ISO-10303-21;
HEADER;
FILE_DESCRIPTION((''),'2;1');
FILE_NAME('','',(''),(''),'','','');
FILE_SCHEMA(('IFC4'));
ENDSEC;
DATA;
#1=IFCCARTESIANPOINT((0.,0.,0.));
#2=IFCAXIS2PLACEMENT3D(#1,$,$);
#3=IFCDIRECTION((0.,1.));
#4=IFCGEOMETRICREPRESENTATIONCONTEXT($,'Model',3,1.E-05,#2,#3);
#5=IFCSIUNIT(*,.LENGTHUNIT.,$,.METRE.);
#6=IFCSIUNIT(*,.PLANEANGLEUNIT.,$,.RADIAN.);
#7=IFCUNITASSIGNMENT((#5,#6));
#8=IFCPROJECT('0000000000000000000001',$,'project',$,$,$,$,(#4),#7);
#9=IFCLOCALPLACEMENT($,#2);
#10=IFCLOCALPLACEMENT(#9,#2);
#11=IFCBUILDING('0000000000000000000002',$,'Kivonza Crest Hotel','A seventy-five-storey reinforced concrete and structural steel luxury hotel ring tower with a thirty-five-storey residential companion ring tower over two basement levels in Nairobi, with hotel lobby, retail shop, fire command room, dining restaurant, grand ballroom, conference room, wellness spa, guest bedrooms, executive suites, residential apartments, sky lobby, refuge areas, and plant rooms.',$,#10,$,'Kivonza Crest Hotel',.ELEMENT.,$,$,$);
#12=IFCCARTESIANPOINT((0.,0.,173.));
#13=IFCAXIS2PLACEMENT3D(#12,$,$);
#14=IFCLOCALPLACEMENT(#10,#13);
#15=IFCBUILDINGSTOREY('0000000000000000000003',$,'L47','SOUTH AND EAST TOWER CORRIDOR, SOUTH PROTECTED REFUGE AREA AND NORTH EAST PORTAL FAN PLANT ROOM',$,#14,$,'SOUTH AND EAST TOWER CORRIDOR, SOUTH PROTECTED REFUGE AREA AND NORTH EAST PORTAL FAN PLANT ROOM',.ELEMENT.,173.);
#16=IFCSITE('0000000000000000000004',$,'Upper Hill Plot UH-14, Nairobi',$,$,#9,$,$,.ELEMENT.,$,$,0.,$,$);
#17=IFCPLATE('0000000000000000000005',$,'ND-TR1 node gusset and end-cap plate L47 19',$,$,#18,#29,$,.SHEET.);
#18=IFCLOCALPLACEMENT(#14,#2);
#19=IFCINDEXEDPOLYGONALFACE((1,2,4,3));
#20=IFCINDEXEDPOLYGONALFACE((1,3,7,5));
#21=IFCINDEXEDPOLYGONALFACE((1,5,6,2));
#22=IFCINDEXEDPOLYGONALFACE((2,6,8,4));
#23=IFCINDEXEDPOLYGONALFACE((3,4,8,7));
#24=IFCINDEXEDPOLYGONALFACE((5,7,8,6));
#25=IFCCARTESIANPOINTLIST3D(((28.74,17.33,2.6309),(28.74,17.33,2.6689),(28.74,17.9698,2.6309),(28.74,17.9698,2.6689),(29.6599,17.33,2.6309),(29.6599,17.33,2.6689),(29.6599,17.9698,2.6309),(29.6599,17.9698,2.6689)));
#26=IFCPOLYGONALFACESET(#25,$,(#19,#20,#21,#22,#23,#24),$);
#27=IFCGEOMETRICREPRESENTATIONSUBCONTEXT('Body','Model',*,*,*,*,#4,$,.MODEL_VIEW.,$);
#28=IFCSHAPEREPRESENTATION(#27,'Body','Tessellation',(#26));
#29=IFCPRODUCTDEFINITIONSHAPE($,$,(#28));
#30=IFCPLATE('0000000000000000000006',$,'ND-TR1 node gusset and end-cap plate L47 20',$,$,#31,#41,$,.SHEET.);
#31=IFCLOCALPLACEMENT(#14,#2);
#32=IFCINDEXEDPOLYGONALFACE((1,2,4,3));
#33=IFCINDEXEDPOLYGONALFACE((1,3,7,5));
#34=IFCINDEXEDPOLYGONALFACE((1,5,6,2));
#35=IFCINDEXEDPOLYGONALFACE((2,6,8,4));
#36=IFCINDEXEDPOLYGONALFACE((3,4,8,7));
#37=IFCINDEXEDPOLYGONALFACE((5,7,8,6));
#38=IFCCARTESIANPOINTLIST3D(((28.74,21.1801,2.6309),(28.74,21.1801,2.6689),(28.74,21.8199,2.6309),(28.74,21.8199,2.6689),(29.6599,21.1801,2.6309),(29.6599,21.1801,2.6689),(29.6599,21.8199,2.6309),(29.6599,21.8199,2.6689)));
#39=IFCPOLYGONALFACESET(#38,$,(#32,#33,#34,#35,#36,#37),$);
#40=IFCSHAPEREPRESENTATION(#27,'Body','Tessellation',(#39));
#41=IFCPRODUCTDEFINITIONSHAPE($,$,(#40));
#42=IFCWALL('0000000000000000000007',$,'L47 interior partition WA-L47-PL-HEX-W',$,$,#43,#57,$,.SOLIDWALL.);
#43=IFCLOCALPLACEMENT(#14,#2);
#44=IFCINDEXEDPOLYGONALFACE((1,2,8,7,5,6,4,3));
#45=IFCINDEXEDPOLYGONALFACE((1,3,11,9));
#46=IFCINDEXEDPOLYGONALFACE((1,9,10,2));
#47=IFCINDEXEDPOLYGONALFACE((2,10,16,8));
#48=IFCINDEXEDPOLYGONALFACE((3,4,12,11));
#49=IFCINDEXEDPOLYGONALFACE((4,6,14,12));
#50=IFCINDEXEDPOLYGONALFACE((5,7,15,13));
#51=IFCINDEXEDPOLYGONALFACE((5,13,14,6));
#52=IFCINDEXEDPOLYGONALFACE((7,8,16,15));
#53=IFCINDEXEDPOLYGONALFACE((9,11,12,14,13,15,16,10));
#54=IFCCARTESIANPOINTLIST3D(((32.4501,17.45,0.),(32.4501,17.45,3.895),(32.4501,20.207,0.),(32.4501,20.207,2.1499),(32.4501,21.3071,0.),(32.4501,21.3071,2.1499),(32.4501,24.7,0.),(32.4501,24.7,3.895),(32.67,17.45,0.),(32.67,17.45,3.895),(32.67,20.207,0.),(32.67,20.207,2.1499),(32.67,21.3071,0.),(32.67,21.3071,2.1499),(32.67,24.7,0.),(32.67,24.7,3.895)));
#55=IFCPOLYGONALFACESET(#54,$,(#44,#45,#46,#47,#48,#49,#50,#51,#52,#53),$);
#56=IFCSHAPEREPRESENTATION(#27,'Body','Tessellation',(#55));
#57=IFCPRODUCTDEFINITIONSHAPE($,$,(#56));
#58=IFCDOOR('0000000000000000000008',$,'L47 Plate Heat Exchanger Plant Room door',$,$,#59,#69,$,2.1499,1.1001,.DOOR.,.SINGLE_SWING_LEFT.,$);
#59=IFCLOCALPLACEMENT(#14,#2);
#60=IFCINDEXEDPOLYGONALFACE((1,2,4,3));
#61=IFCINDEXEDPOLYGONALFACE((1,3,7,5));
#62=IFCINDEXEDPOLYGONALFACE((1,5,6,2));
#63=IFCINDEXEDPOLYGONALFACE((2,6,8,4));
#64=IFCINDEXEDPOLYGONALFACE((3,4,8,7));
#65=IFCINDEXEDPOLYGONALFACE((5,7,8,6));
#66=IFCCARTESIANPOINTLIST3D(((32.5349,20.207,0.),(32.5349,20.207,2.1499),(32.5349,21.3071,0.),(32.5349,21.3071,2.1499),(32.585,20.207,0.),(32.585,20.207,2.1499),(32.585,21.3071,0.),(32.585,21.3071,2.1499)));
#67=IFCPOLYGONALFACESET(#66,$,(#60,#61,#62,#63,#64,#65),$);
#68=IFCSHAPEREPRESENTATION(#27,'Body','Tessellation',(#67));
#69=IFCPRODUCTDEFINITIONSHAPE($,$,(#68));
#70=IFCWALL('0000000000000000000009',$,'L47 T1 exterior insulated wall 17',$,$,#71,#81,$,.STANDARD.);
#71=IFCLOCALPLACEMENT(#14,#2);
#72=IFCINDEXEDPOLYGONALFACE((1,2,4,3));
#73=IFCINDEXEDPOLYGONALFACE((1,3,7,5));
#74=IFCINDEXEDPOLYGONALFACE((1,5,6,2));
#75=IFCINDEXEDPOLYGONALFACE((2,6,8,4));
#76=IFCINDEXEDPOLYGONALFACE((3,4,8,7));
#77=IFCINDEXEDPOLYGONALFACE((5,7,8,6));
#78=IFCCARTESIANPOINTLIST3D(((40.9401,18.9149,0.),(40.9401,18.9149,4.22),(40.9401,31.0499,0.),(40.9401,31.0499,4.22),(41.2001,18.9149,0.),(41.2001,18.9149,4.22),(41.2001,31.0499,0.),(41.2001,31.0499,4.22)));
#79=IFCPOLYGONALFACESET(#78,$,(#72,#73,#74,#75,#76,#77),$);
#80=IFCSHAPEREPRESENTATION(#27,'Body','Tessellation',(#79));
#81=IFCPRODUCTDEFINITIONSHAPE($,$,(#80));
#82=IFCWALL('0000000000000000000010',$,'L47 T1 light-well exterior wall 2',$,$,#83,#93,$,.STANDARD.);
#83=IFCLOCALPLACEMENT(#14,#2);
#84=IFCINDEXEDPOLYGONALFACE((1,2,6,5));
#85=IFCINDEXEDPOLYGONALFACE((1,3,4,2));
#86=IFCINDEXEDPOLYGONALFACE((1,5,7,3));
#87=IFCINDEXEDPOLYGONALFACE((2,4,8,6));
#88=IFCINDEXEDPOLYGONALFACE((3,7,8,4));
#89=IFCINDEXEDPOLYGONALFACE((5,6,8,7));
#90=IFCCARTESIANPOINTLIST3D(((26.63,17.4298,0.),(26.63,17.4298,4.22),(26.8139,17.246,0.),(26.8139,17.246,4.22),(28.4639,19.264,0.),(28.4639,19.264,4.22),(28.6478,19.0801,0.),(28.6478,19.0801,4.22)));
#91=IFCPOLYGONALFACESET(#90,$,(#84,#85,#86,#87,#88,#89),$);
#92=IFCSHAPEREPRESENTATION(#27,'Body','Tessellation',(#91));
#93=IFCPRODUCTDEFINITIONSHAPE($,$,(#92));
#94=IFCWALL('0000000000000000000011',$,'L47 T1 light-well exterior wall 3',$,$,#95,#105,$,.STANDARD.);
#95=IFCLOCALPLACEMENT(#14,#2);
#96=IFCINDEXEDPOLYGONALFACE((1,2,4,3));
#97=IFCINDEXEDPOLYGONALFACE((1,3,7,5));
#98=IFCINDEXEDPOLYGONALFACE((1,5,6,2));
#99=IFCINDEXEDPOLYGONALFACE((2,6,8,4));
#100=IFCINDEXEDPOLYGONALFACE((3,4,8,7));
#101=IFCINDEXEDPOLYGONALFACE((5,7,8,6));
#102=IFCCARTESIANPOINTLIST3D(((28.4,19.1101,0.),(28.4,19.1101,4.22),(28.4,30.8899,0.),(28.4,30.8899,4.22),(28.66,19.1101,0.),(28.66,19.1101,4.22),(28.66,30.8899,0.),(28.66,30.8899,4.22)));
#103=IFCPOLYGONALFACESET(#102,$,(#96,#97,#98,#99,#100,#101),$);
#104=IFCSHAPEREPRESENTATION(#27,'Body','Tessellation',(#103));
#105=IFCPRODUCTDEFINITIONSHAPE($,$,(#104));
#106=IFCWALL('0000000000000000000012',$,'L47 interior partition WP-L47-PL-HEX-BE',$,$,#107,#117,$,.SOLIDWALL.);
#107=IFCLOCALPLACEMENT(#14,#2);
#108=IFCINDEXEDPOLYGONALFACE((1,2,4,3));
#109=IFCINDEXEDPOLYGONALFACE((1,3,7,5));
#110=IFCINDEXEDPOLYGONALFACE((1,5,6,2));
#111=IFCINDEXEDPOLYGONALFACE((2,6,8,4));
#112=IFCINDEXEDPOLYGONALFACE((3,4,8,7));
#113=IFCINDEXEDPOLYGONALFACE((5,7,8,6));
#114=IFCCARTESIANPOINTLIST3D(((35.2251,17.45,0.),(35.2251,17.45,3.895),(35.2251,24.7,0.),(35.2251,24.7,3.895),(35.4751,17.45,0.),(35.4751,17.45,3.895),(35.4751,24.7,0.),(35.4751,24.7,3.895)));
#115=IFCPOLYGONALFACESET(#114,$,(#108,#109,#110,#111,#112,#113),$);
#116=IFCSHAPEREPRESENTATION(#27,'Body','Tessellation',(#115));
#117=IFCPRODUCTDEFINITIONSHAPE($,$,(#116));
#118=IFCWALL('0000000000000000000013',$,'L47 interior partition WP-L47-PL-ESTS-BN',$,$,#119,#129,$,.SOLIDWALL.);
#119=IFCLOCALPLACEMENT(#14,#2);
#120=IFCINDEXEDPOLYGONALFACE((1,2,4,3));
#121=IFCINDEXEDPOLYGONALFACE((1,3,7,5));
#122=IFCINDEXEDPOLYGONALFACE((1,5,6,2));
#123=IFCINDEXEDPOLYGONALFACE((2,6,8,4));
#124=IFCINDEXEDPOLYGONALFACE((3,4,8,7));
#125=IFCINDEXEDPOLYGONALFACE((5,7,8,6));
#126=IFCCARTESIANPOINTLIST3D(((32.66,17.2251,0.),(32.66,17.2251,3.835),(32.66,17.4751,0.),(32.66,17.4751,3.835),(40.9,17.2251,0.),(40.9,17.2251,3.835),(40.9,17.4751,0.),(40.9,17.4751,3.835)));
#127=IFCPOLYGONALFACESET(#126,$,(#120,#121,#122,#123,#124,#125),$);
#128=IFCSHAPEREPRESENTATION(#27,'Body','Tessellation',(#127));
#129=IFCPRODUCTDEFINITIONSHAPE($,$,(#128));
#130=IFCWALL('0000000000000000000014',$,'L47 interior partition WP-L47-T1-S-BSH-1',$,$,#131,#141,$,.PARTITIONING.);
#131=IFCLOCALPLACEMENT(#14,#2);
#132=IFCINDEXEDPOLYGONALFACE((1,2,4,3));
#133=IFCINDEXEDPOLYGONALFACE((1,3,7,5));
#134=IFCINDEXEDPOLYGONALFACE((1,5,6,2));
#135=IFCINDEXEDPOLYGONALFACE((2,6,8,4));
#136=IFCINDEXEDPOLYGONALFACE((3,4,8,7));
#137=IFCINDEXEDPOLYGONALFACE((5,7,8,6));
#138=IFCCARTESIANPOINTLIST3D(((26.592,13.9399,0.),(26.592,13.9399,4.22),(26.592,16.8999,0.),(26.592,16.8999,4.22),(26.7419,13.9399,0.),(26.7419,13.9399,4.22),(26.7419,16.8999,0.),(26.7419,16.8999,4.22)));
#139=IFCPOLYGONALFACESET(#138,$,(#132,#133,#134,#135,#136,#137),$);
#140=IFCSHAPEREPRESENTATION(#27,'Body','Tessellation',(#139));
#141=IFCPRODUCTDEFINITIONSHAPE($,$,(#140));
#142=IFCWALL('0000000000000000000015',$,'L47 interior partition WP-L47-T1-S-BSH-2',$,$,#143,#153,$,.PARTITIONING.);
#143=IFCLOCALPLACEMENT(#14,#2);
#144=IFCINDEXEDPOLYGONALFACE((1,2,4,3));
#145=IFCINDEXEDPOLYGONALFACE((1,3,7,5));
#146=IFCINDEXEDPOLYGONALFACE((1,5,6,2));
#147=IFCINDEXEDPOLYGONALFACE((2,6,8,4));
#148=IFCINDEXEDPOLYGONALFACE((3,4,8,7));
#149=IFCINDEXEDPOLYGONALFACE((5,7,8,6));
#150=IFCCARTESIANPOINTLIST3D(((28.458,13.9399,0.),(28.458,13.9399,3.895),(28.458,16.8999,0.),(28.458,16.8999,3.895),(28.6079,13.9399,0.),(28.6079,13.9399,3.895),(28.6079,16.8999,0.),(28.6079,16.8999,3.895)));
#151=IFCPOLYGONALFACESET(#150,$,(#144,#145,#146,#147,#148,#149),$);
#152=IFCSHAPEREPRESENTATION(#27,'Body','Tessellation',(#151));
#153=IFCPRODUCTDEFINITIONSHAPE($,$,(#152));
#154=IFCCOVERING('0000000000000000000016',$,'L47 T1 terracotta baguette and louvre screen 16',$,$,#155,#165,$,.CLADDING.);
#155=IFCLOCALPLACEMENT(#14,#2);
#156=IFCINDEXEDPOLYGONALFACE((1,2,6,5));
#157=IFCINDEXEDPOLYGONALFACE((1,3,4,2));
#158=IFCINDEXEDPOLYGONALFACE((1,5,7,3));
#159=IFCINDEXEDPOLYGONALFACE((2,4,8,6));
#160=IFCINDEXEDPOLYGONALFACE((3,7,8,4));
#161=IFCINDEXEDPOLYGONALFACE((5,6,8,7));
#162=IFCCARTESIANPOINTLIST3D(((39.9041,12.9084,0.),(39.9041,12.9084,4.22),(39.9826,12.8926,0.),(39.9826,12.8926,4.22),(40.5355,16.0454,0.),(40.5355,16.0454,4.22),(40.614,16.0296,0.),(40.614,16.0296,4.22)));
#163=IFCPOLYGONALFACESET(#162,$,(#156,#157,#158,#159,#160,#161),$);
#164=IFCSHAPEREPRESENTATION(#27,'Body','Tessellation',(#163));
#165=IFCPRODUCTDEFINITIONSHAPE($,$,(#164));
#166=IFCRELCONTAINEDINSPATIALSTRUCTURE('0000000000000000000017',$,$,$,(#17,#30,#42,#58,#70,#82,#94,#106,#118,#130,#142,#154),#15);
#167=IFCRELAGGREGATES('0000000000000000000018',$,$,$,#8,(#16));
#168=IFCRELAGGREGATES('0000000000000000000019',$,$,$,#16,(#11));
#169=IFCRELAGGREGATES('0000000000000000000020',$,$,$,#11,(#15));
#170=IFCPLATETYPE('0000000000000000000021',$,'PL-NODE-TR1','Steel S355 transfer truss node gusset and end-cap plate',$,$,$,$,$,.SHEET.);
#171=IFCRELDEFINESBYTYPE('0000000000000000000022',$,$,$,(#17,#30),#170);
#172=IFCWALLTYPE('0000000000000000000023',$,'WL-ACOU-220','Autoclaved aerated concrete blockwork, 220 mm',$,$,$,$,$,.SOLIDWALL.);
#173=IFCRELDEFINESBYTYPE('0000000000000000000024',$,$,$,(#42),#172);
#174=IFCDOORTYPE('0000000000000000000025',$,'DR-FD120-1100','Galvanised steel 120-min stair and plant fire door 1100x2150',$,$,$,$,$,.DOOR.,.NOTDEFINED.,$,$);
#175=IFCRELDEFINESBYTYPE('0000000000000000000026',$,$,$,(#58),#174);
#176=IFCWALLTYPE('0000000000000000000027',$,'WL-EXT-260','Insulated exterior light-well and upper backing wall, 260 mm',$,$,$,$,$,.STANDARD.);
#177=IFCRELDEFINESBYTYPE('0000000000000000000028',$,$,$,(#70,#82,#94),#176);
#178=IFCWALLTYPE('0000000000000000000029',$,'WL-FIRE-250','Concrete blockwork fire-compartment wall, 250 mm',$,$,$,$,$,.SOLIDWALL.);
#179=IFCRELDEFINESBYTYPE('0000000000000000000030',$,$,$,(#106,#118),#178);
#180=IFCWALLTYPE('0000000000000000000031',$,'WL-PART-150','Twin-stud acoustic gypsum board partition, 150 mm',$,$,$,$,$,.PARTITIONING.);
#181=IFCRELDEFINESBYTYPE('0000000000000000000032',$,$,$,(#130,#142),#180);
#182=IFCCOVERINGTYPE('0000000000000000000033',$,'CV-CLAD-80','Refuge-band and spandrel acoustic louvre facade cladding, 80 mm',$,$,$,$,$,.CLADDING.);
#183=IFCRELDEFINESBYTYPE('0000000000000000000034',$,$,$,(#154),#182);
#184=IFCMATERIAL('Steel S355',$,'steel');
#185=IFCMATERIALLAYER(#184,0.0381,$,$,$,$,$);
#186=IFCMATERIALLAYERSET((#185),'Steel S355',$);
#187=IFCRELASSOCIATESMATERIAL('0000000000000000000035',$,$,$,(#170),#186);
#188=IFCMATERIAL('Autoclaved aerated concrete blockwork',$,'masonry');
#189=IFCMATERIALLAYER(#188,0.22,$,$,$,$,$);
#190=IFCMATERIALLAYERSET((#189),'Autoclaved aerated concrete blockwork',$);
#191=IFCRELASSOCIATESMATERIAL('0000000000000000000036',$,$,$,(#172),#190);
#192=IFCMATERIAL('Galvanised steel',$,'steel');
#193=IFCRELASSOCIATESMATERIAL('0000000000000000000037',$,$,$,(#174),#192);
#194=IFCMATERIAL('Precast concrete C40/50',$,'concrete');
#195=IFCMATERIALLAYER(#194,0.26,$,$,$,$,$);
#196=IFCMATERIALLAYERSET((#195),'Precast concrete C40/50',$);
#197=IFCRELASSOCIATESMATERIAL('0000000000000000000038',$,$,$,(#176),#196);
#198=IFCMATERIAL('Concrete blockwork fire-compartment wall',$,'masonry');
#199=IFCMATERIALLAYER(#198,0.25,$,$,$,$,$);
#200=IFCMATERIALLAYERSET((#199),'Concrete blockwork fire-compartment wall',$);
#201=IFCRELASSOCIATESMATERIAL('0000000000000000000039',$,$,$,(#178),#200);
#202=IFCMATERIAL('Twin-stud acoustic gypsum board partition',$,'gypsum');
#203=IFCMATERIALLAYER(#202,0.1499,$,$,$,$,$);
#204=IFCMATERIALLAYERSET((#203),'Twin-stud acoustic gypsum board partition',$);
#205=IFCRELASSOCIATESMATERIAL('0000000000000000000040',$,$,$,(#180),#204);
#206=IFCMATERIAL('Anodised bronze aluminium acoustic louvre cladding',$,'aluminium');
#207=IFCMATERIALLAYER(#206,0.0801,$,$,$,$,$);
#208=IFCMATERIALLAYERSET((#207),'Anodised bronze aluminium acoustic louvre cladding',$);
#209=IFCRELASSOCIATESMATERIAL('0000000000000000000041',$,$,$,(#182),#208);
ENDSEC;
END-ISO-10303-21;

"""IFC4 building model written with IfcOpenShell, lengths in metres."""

from ifc_helpers import new_model, si_unit, direction, frame, frame_2d, origin, origin_2d, place, context, subcontext, project, spatial, rectangle, extrude, material, layer, layer_set, type_object, element, fill, save


model = new_model("IFC4")

# Units and contexts
model_context = context("Model", 3, precision=1e-05, world=origin(), true_north=direction((0.0, 1.0)))
body_context = subcontext(model_context, "Body", "Model", "MODEL_VIEW")
ifc_project = project(units=[si_unit("LENGTHUNIT", "METRE"), si_unit("PLANEANGLEUNIT", "RADIAN")], contexts=[model_context])

# Site, building, storey
site_placement = place(None, origin())
site = spatial("IfcSite", under=ifc_project, at=site_placement, Name="Upper Hill Plot UH-14, Nairobi", CompositionType="ELEMENT", RefElevation=0.0)
building_placement = place(site_placement, origin())
building = spatial("IfcBuilding", under=site, at=building_placement, Name="Kivonza Crest Hotel", Description="A seventy-five-storey reinforced concrete and structural steel luxury hotel ring tower with a thirty-five-storey residential companion ring tower over two basement levels in Nairobi, with hotel lobby, retail shop, fire command room, dining restaurant, grand ballroom, conference room, wellness spa, guest bedrooms, executive suites, residential apartments, sky lobby, refuge areas, and plant rooms.", LongName="Kivonza Crest Hotel", CompositionType="ELEMENT")
storey_placement = place(building_placement, frame((0.0, 0.0, 173.0)))
storey = spatial("IfcBuildingStorey", under=building, at=storey_placement, Name="L47", Description="SOUTH AND EAST TOWER CORRIDOR, SOUTH PROTECTED REFUGE AREA AND NORTH EAST PORTAL FAN PLANT ROOM", LongName="SOUTH AND EAST TOWER CORRIDOR, SOUTH PROTECTED REFUGE AREA AND NORTH EAST PORTAL FAN PLANT ROOM", CompositionType="ELEMENT", Elevation=173.0)

# Shared definitions
ifc_material_1 = material(Name="Steel S355", Category="steel")

# Plates
ifc_layer_1 = layer(ifc_material_1, 0.0381)
ifc_layer_set_1 = layer_set([ifc_layer_1], Name="Steel S355")
plate_type = type_object("IfcPlateType", Name="PL-NODE-TR1", Description="Steel S355 transfer truss node gusset and end-cap plate", PredefinedType="SHEET", material=ifc_layer_set_1)
for number, where, z_axis, x_axis, name in (
    (1, (29.2, 17.6499, 2.6309), (0.0, 0.0, 1.0), (1.0, 0.0, 0.0), "ND-TR1 node gusset and end-cap plate L47 19"),
    (2, (29.2, 21.5, 2.6309), (0.0, 0.0, 1.0), (1.0, 0.0, 0.0), "ND-TR1 node gusset and end-cap plate L47 20"),
):
    element("IfcPlate", number, at=place(storey_placement, frame(where, z_axis=z_axis, x_axis=x_axis)), inside=storey, type_object=plate_type, Name=name, PredefinedType="SHEET", context=body_context, shape_type="SweptSolid", body=[
        extrude(rectangle(XDim=0.9199, YDim=0.6399, at=origin_2d()), origin(), (0.0, 0.0, 1.0), 0.0381),
    ])

# Wall, opening, door
ifc_material_2 = material(Name="Autoclaved aerated concrete blockwork", Category="masonry")
ifc_layer_2 = layer(ifc_material_2, 0.22)
ifc_layer_set_2 = layer_set([ifc_layer_2], Name="Autoclaved aerated concrete blockwork")
wall_type_1 = type_object("IfcWallType", Name="WL-ACOU-220", Description="Autoclaved aerated concrete blockwork, 220 mm", PredefinedType="SOLIDWALL", material=ifc_layer_set_2)
wall_1_placement = place(storey_placement, frame((32.5601, 17.45, 0.0), z_axis=(0.0, 0.0, 1.0), x_axis=(0.0, 1.0, 0.0)))
wall_1 = element("IfcWall", 3, at=wall_1_placement, inside=storey, type_object=wall_type_1, Name="L47 interior partition WA-L47-PL-HEX-W", PredefinedType="SOLIDWALL", context=body_context, shape_type="SweptSolid", body=[
    extrude(rectangle(XDim=7.25, YDim=0.22, at=frame_2d((3.625, 0.0))), origin(), (0.0, 0.0, 1.0), 3.895),
])
opening_placement = place(wall_1_placement, frame((2.7571, 0.0, 0.0)))
opening = element("IfcOpeningElement", 4, at=opening_placement, cuts=wall_1, PredefinedType="OPENING", context=body_context, shape_type="SweptSolid", body=[
    extrude(rectangle(XDim=1.1001, YDim=2.1499, at=frame_2d((0.55, 1.075))), frame((0.0, 0.1201, 0.0), z_axis=(0.0, -1.0, 0.0), x_axis=(1.0, 0.0, 0.0)), (0.0, 0.0, 1.0), 0.24),
])
ifc_material_3 = material(Name="Galvanised steel", Category="steel")
door_type = type_object("IfcDoorType", Name="DR-FD120-1100", Description="Galvanised steel 120-min stair and plant fire door 1100x2150", OperationType="NOTDEFINED", PredefinedType="DOOR", material=ifc_material_3)
door_placement = place(opening_placement, frame((1.1001, 0.0, 0.0), z_axis=(0.0, 0.0, 1.0), x_axis=(-1.0, 0.0, 0.0)))
door = element("IfcDoor", 5, at=door_placement, inside=storey, type_object=door_type, Name="L47 Plate Heat Exchanger Plant Room door", OperationType="SINGLE_SWING_LEFT", OverallHeight=2.1499, OverallWidth=1.1001, PredefinedType="DOOR", context=body_context, shape_type="SweptSolid", body=[
    extrude(rectangle(XDim=1.1001, YDim=2.1499, at=frame_2d((0.55, 1.075))), frame((0.0, 0.0249, 0.0), z_axis=(0.0, -1.0, 0.0), x_axis=(1.0, 0.0, 0.0)), (0.0, 0.0, 1.0), 0.05),
])
fill(opening, door)

# Walls
ifc_material_4 = material(Name="Precast concrete C40/50", Category="concrete")
ifc_layer_3 = layer(ifc_material_4, 0.26)
ifc_layer_set_3 = layer_set([ifc_layer_3], Name="Precast concrete C40/50")
wall_type_2 = type_object("IfcWallType", Name="WL-EXT-260", Description="Insulated exterior light-well and upper backing wall, 260 mm", PredefinedType="STANDARD", material=ifc_layer_set_3)
wall_2_placement = place(storey_placement, frame((41.0701, 18.915, 0.0), z_axis=(0.0, 0.0, 1.0), x_axis=(0.0, 1.0, 0.0)))
element("IfcWall", 6, at=wall_2_placement, inside=storey, type_object=wall_type_2, Name="L47 T1 exterior insulated wall 17", PredefinedType="STANDARD", context=body_context, shape_type="SweptSolid", body=[
    extrude(rectangle(XDim=12.135, YDim=0.26, at=frame_2d((6.0674, 0.0))), origin(), (0.0, 0.0, 1.0), 4.22),
])
wall_3_placement = place(storey_placement, frame((26.7219, 17.3379, 0.0), z_axis=(0.0, 0.0, 1.0), x_axis=(0.70706, 0.707154, 0.0)))
element("IfcWall", 7, at=wall_3_placement, inside=storey, type_object=wall_type_2, Name="L47 T1 light-well exterior wall 2", PredefinedType="STANDARD", context=body_context, shape_type="SweptSolid", body=[
    extrude(rectangle(XDim=2.5938, YDim=0.26, at=frame_2d((1.2969, 0.0))), origin(), (0.0, 0.0, 1.0), 4.22),
])
wall_4_placement = place(storey_placement, frame((28.53, 19.1101, 0.0), z_axis=(0.0, 0.0, 1.0), x_axis=(0.0, 1.0, 0.0)))
element("IfcWall", 8, at=wall_4_placement, inside=storey, type_object=wall_type_2, Name="L47 T1 light-well exterior wall 3", PredefinedType="STANDARD", context=body_context, shape_type="SweptSolid", body=[
    extrude(rectangle(XDim=11.7798, YDim=0.26, at=frame_2d((5.8899, 0.0))), origin(), (0.0, 0.0, 1.0), 4.22),
])
ifc_material_5 = material(Name="Concrete blockwork fire-compartment wall", Category="masonry")
ifc_layer_4 = layer(ifc_material_5, 0.25)
ifc_layer_set_4 = layer_set([ifc_layer_4], Name="Concrete blockwork fire-compartment wall")
wall_type_3 = type_object("IfcWallType", Name="WL-FIRE-250", Description="Concrete blockwork fire-compartment wall, 250 mm", PredefinedType="SOLIDWALL", material=ifc_layer_set_4)
wall_5_placement = place(storey_placement, frame((35.3501, 17.45, 0.0), z_axis=(0.0, 0.0, 1.0), x_axis=(0.0, 1.0, 0.0)))
element("IfcWall", 9, at=wall_5_placement, inside=storey, type_object=wall_type_3, Name="L47 interior partition WP-L47-PL-HEX-BE", PredefinedType="SOLIDWALL", context=body_context, shape_type="SweptSolid", body=[
    extrude(rectangle(XDim=7.25, YDim=0.25, at=frame_2d((3.625, 0.0))), origin(), (0.0, 0.0, 1.0), 3.895),
])
wall_6_placement = place(storey_placement, frame((32.6599, 17.3501, 0.0), z_axis=(0.0, 0.0, 1.0), x_axis=(1.0, 0.0, 0.0)))
element("IfcWall", 10, at=wall_6_placement, inside=storey, type_object=wall_type_3, Name="L47 interior partition WP-L47-PL-ESTS-BN", PredefinedType="SOLIDWALL", context=body_context, shape_type="SweptSolid", body=[
    extrude(rectangle(XDim=8.24, YDim=0.25, at=frame_2d((4.1201, 0.0))), origin(), (0.0, 0.0, 1.0), 3.835),
])
ifc_material_6 = material(Name="Twin-stud acoustic gypsum board partition", Category="gypsum")
ifc_layer_5 = layer(ifc_material_6, 0.1499)
ifc_layer_set_5 = layer_set([ifc_layer_5], Name="Twin-stud acoustic gypsum board partition")
wall_type_4 = type_object("IfcWallType", Name="WL-PART-150", Description="Twin-stud acoustic gypsum board partition, 150 mm", PredefinedType="PARTITIONING", material=ifc_layer_set_5)
wall_7_placement = place(storey_placement, frame((26.667, 13.9399, 0.0), z_axis=(0.0, 0.0, 1.0), x_axis=(0.0, 1.0, 0.0)))
element("IfcWall", 11, at=wall_7_placement, inside=storey, type_object=wall_type_4, Name="L47 interior partition WP-L47-T1-S-BSH-1", PredefinedType="PARTITIONING", context=body_context, shape_type="SweptSolid", body=[
    extrude(rectangle(XDim=2.96, YDim=0.1499, at=frame_2d((1.48, 0.0))), origin(), (0.0, 0.0, 1.0), 4.22),
])
wall_8_placement = place(storey_placement, frame((28.533, 13.9399, 0.0), z_axis=(0.0, 0.0, 1.0), x_axis=(0.0, 1.0, 0.0)))
element("IfcWall", 12, at=wall_8_placement, inside=storey, type_object=wall_type_4, Name="L47 interior partition WP-L47-T1-S-BSH-2", PredefinedType="PARTITIONING", context=body_context, shape_type="SweptSolid", body=[
    extrude(rectangle(XDim=2.96, YDim=0.1499, at=frame_2d((1.48, 0.0))), origin(), (0.0, 0.0, 1.0), 3.895),
])

# Covering
ifc_material_7 = material(Name="Anodised bronze aluminium acoustic louvre cladding", Category="aluminium")
ifc_layer_6 = layer(ifc_material_7, 0.0801)
ifc_layer_set_6 = layer_set([ifc_layer_6], Name="Anodised bronze aluminium acoustic louvre cladding")
covering_type = type_object("IfcCoveringType", Name="CV-CLAD-80", Description="Refuge-band and spandrel acoustic louvre facade cladding, 80 mm", PredefinedType="CLADDING", material=ifc_layer_set_6)
covering_placement = place(storey_placement, frame((40.259, 14.469, 0.0), z_axis=(0.0, 0.0, 1.0), x_axis=(0.197315, 0.98034, 0.0)))
element("IfcCovering", 13, at=covering_placement, inside=storey, type_object=covering_type, Name="L47 T1 terracotta baguette and louvre screen 16", PredefinedType="CLADDING", context=body_context, shape_type="SweptSolid", body=[
    extrude(rectangle(XDim=3.2, YDim=0.0801, at=origin_2d()), origin(), (0.0, 0.0, 1.0), 4.22),
])

save(model, "model.ifc")
